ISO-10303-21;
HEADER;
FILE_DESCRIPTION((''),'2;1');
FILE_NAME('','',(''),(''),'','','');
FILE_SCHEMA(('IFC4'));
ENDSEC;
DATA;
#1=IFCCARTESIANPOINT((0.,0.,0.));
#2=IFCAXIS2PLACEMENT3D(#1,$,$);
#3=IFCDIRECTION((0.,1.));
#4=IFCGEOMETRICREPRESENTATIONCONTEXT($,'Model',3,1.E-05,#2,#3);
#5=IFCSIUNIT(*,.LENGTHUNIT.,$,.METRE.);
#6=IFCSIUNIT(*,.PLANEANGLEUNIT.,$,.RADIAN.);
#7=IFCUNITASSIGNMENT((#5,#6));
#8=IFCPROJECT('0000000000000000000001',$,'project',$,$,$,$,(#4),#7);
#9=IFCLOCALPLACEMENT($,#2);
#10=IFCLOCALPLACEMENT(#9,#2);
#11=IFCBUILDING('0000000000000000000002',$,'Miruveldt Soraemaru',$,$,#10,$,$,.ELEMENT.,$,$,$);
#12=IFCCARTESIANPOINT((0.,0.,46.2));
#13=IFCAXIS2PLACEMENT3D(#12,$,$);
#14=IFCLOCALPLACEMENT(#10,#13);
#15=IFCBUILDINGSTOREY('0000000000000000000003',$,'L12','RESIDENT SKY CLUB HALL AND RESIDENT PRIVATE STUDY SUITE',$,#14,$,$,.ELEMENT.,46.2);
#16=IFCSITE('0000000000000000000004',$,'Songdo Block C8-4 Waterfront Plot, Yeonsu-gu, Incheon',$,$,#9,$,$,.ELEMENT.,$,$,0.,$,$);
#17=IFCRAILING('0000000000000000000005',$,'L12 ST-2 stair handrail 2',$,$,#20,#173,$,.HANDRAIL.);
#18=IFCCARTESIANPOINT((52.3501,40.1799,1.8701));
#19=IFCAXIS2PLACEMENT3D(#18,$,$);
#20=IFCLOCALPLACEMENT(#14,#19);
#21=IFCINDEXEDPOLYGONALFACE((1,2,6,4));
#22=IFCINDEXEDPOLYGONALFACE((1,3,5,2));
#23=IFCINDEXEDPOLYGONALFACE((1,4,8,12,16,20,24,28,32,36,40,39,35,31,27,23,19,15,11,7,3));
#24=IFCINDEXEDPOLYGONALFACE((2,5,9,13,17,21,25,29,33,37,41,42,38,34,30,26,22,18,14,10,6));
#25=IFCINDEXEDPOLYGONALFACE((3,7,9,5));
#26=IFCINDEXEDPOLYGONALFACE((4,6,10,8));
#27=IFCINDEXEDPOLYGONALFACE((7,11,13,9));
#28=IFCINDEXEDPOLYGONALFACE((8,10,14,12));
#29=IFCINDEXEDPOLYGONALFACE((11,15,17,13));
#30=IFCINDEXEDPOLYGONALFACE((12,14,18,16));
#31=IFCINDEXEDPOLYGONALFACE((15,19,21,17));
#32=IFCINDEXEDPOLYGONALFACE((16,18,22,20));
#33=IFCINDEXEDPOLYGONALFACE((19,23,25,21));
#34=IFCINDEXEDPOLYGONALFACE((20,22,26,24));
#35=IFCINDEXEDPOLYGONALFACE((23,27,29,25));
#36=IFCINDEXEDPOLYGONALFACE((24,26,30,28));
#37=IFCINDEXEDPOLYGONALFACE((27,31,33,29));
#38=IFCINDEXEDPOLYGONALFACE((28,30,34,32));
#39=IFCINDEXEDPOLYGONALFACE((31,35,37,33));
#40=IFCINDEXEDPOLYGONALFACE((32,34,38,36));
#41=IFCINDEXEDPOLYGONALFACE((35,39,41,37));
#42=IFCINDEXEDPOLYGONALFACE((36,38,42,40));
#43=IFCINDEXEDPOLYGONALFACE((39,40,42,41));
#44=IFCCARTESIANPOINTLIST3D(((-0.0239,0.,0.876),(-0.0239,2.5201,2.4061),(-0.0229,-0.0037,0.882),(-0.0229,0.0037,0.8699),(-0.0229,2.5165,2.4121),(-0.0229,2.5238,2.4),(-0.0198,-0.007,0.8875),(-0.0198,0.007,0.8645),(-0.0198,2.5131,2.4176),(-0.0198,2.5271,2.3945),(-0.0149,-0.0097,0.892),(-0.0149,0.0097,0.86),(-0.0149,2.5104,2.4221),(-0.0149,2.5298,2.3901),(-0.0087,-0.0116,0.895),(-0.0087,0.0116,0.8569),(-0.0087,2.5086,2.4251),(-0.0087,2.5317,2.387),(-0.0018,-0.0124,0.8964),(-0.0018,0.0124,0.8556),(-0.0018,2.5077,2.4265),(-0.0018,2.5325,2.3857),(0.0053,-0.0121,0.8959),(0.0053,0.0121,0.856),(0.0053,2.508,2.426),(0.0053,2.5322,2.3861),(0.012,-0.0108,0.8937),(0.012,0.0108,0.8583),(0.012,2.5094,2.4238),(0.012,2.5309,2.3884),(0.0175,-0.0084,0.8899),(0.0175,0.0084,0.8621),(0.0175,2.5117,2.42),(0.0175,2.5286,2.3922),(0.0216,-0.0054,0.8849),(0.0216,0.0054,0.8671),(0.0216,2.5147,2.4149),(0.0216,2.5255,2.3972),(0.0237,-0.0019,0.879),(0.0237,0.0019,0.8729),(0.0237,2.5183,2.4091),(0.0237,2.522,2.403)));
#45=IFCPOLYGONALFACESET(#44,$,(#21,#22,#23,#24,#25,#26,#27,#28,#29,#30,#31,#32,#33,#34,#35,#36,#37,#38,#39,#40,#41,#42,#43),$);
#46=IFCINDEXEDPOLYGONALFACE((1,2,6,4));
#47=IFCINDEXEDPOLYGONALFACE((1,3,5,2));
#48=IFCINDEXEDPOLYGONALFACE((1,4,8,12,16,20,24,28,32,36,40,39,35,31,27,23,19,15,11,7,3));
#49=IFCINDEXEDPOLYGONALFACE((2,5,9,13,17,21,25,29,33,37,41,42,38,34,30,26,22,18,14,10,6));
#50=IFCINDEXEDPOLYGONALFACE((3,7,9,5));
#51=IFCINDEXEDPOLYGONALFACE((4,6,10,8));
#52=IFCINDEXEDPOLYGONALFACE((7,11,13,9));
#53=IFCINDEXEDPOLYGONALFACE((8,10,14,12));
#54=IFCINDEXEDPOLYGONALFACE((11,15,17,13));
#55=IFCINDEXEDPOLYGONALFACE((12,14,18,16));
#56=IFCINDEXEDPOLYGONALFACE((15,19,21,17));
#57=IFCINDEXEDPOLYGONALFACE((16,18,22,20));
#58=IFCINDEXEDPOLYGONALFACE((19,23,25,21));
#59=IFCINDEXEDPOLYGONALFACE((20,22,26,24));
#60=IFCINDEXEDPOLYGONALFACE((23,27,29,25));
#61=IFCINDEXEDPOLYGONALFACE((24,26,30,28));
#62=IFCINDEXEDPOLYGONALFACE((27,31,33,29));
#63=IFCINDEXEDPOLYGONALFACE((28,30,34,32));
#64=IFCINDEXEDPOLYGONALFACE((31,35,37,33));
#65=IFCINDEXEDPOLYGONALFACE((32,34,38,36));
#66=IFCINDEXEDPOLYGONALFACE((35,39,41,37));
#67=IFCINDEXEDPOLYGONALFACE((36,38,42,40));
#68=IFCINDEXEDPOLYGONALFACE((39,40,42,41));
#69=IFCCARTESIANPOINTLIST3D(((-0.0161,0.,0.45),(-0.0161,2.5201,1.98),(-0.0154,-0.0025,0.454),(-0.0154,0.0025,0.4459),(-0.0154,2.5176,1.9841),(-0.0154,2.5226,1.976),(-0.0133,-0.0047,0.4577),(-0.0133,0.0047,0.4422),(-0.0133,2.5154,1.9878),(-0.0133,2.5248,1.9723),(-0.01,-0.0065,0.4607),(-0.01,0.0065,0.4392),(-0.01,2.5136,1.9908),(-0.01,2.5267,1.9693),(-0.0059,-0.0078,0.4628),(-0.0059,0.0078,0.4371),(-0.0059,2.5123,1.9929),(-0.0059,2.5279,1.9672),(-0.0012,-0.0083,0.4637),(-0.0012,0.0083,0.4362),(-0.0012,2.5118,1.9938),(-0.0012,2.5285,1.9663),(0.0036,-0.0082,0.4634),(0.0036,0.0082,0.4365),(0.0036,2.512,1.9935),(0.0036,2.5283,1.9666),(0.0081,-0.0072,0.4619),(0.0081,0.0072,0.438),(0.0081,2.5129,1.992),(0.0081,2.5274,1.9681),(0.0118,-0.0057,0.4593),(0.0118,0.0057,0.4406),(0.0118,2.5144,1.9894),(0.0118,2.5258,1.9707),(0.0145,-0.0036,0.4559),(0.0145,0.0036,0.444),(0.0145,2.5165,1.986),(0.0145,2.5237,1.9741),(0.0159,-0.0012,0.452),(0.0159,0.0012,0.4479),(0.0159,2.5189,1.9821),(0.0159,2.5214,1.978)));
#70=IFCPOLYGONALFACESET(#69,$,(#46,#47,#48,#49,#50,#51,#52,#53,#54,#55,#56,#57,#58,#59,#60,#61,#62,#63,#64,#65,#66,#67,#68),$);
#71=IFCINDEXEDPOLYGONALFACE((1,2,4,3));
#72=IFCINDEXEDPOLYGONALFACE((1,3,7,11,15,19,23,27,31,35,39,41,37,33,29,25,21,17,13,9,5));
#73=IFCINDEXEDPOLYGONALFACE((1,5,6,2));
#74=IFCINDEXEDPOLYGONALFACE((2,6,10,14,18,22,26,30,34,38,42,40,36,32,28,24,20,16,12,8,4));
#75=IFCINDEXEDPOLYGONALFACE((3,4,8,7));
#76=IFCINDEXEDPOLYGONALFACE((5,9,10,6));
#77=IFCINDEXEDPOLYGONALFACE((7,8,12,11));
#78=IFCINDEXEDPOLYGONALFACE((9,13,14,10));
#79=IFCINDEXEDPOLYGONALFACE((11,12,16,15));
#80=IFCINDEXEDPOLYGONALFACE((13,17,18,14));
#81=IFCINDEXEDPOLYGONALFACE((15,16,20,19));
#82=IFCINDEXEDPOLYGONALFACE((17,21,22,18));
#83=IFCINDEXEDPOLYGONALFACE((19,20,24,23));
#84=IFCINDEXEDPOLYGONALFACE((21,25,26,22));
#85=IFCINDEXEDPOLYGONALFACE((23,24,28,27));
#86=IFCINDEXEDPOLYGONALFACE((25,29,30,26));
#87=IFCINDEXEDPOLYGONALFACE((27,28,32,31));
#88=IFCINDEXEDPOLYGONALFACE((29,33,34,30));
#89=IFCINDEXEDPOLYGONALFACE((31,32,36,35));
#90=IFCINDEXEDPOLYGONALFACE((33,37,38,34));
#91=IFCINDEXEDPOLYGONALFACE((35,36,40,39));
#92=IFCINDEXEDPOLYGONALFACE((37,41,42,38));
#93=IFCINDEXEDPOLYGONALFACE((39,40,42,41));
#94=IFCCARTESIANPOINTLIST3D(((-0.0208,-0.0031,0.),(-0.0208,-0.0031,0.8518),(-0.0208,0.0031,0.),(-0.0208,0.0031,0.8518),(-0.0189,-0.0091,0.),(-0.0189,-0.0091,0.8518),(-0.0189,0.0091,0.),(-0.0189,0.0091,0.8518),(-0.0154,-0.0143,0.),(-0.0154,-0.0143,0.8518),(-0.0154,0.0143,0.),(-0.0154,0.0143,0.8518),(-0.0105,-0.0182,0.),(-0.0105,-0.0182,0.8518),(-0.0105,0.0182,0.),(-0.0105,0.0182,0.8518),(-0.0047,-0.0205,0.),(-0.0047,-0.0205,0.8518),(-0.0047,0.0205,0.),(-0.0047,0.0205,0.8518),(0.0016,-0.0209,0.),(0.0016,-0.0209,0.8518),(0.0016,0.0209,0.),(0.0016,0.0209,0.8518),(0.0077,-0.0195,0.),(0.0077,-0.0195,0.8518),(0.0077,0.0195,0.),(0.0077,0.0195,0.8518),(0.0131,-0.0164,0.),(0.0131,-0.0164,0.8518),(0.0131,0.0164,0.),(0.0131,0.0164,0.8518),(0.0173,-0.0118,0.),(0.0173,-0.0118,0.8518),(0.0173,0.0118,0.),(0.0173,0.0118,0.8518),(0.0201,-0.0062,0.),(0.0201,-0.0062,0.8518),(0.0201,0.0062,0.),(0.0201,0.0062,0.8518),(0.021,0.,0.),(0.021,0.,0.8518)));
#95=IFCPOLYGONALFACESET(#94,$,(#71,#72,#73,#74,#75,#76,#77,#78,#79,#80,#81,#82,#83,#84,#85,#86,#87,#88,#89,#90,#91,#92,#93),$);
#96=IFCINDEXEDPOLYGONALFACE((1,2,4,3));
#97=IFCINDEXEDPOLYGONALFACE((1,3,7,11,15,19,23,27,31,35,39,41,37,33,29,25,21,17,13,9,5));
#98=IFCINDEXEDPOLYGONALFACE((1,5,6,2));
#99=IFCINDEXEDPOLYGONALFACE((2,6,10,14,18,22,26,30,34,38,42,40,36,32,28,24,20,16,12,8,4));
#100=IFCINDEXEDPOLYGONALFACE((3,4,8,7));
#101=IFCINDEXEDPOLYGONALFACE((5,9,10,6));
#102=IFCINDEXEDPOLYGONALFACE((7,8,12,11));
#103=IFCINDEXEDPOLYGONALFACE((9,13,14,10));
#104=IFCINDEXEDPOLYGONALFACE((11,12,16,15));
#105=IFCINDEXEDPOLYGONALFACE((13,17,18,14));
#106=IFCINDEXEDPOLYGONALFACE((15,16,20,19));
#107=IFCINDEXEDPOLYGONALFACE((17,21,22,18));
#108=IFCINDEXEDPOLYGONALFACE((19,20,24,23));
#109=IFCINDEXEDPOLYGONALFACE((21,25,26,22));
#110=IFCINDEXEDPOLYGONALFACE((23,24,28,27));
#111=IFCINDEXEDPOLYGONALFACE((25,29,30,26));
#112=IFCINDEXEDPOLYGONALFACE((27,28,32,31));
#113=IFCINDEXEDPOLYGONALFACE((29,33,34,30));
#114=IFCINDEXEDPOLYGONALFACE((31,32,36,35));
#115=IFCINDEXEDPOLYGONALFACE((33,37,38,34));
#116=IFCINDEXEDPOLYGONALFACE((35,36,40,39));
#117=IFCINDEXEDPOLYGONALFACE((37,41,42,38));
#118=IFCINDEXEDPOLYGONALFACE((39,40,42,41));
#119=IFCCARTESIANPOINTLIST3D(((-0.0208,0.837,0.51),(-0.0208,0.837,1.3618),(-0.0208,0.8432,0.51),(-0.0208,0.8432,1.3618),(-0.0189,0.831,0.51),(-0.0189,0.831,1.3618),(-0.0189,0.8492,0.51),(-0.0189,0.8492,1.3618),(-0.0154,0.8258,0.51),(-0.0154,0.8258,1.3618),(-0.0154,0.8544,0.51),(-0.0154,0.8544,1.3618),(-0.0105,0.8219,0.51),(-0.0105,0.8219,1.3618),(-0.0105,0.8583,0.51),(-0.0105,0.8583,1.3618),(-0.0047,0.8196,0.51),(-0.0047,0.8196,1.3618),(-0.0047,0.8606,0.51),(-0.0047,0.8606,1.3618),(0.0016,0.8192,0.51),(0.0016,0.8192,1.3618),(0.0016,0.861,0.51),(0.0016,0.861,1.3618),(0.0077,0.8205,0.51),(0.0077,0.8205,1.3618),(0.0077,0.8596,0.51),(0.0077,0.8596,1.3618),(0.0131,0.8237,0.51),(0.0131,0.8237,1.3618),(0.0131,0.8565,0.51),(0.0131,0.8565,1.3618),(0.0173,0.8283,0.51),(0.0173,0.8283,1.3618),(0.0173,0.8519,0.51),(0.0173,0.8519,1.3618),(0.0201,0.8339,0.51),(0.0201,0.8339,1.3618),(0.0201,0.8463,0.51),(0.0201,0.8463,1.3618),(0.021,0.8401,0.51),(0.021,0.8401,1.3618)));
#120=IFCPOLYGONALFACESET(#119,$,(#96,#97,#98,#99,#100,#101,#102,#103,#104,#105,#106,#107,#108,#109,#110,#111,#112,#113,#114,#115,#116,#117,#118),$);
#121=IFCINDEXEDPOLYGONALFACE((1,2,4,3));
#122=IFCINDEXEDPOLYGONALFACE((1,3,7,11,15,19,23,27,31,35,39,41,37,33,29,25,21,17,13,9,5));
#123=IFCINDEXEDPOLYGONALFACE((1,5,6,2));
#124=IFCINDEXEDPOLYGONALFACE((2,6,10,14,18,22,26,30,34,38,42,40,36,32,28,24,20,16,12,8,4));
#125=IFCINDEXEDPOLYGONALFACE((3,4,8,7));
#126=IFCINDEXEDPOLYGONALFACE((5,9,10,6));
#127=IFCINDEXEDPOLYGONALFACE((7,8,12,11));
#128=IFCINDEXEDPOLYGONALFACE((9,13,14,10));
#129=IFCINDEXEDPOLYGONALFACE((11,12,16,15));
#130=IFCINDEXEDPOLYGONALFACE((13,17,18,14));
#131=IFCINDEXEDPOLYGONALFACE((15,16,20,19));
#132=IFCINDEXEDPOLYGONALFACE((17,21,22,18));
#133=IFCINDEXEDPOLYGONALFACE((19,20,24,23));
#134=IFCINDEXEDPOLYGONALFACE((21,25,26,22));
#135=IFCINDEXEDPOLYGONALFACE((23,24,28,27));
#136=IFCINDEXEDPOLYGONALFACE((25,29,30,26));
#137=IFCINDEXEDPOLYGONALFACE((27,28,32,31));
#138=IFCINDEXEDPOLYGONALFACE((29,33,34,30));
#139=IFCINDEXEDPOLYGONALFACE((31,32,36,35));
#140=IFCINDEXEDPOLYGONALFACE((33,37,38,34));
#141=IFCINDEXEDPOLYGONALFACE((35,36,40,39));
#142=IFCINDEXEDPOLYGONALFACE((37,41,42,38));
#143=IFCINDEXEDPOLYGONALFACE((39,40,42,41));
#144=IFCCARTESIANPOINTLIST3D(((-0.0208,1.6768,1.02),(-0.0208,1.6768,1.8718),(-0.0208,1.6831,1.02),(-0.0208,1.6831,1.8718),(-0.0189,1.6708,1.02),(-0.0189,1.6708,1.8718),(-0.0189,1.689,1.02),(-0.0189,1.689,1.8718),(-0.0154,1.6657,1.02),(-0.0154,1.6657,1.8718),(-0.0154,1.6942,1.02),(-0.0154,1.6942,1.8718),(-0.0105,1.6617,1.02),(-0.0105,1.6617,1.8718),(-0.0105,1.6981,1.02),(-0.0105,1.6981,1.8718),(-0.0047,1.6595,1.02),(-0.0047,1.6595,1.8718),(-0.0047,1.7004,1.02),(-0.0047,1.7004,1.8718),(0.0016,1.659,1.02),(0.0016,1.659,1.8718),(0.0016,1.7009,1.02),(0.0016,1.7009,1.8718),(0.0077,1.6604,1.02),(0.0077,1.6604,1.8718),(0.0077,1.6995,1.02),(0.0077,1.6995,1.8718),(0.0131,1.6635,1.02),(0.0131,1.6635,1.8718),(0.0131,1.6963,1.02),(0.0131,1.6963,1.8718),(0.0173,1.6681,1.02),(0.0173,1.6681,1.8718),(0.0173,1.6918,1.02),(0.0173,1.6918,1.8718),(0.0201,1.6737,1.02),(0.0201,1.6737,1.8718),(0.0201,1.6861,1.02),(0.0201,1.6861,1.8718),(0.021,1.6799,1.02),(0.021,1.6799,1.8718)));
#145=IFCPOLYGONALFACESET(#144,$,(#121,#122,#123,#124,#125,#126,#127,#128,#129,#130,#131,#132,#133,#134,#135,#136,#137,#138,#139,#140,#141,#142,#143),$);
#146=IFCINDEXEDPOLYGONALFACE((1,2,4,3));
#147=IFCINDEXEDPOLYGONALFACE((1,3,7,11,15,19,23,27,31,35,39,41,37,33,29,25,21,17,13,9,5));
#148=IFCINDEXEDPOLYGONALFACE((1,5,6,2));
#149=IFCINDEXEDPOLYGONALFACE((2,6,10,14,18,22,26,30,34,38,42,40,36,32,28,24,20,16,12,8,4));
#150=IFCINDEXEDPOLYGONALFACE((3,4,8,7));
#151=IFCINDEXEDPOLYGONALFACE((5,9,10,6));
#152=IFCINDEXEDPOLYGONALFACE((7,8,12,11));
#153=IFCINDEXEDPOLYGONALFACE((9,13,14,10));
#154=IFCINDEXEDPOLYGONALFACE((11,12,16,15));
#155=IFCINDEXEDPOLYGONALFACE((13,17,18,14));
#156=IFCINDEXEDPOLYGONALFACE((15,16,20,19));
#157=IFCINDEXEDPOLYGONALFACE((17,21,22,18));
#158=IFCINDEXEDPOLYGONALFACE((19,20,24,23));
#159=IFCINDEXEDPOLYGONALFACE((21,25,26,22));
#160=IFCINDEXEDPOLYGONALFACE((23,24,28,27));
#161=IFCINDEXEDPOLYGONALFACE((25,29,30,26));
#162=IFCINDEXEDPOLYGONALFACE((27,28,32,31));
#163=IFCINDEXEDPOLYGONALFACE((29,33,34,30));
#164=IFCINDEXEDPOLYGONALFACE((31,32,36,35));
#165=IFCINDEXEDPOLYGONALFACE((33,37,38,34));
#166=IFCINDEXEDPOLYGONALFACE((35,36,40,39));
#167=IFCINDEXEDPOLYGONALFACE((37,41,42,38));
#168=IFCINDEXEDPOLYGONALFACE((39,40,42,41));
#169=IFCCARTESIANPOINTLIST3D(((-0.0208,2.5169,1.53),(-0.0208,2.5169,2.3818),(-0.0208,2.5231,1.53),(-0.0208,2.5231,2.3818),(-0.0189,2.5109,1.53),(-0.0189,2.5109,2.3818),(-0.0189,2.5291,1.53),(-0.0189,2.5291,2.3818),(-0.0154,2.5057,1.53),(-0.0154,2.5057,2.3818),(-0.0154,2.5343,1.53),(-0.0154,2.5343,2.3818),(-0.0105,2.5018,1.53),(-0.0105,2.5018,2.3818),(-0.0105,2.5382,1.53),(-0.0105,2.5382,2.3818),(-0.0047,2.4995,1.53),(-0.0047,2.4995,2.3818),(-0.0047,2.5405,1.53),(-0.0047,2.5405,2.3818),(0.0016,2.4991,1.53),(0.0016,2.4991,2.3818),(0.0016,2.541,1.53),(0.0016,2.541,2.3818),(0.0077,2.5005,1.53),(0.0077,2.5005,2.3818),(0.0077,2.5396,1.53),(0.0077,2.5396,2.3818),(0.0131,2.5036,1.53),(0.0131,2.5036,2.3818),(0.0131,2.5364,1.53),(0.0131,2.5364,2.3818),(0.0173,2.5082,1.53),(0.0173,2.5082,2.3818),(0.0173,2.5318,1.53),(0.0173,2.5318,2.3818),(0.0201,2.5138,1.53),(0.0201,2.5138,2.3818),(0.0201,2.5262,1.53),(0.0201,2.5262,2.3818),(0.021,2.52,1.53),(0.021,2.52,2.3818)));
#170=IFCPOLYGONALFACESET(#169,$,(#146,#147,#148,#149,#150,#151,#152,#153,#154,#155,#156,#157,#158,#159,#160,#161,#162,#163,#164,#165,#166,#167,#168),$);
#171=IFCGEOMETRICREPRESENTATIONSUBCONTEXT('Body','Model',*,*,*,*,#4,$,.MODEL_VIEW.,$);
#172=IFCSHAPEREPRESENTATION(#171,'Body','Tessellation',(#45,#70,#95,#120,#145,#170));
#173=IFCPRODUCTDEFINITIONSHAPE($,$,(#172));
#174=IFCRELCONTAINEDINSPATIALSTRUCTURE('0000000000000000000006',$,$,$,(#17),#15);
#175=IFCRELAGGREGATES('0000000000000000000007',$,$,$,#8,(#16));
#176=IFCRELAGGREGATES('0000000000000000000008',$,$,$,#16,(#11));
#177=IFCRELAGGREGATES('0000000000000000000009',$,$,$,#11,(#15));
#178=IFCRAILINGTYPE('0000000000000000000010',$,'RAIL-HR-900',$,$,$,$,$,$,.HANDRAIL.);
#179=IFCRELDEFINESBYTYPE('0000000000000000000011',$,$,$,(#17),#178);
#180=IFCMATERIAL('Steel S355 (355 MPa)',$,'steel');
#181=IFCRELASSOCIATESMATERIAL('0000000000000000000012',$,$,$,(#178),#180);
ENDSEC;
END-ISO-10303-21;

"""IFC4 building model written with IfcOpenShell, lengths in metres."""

from ifc_helpers import new_model, si_unit, direction, frame, origin, origin_2d, place, context, subcontext, project, spatial, circle, extrude, material, type_object, element, save


model = new_model("IFC4")

# Units and contexts
model_context = context("Model", 3, precision=1e-05, world=origin(), true_north=direction((0.0, 1.0)))
body_context = subcontext(model_context, "Body", "Model", "MODEL_VIEW")
ifc_project = project(units=[si_unit("LENGTHUNIT", "METRE"), si_unit("PLANEANGLEUNIT", "RADIAN")], contexts=[model_context])

# Site, building, storey
site_placement = place(None, origin())
site = spatial("IfcSite", under=ifc_project, at=site_placement, Name="Songdo Block C8-4 Waterfront Plot, Yeonsu-gu, Incheon", CompositionType="ELEMENT", RefElevation=0.0)
building_placement = place(site_placement, origin())
building = spatial("IfcBuilding", under=site, at=building_placement, Name="Miruveldt Soraemaru", CompositionType="ELEMENT")
storey_placement = place(building_placement, frame((0.0, 0.0, 46.2)))
storey = spatial("IfcBuildingStorey", under=building, at=storey_placement, Name="L12", Description="RESIDENT SKY CLUB HALL AND RESIDENT PRIVATE STUDY SUITE", CompositionType="ELEMENT", Elevation=46.2)

# Railing
ifc_material_1 = material(Name="Steel S355 (355 MPa)", Category="steel")
railing_type_1 = type_object("IfcRailingType", Name="RAIL-HR-900", PredefinedType="HANDRAIL", material=ifc_material_1)
railing_1_placement = place(storey_placement, frame((52.3501, 40.1799, 1.8701)))
element("IfcRailing", 1, at=railing_1_placement, inside=storey, type_object=railing_type_1, Name="L12 ST-2 stair handrail 2", PredefinedType="HANDRAIL", context=body_context, shape_type="SweptSolid", body=[
    extrude(circle(Radius=0.0239, at=origin_2d()), frame((0.0, 0.0, 0.876), z_axis=(0.0, 0.854785, 0.518982), x_axis=(-1.0, 0.0, 0.0)), (0.0, 0.0, 1.0), 2.9482),
    extrude(circle(Radius=0.0161, at=origin_2d()), frame((0.0, 0.0, 0.45), z_axis=(0.0, 0.854785, 0.518982), x_axis=(-1.0, 0.0, 0.0)), (0.0, 0.0, 1.0), 2.9482),
    extrude(circle(Radius=0.021, at=origin_2d()), origin(), (0.0, 0.0, 1.0), 0.8518),
    extrude(circle(Radius=0.021, at=origin_2d()), frame((0.0, 0.8401, 0.51)), (0.0, 0.0, 1.0), 0.8518),
    extrude(circle(Radius=0.021, at=origin_2d()), frame((0.0, 1.6799, 1.02)), (0.0, 0.0, 1.0), 0.8518),
    extrude(circle(Radius=0.021, at=origin_2d()), frame((0.0, 2.52, 1.53)), (0.0, 0.0, 1.0), 0.8518),
])

save(model, "model.ifc")
